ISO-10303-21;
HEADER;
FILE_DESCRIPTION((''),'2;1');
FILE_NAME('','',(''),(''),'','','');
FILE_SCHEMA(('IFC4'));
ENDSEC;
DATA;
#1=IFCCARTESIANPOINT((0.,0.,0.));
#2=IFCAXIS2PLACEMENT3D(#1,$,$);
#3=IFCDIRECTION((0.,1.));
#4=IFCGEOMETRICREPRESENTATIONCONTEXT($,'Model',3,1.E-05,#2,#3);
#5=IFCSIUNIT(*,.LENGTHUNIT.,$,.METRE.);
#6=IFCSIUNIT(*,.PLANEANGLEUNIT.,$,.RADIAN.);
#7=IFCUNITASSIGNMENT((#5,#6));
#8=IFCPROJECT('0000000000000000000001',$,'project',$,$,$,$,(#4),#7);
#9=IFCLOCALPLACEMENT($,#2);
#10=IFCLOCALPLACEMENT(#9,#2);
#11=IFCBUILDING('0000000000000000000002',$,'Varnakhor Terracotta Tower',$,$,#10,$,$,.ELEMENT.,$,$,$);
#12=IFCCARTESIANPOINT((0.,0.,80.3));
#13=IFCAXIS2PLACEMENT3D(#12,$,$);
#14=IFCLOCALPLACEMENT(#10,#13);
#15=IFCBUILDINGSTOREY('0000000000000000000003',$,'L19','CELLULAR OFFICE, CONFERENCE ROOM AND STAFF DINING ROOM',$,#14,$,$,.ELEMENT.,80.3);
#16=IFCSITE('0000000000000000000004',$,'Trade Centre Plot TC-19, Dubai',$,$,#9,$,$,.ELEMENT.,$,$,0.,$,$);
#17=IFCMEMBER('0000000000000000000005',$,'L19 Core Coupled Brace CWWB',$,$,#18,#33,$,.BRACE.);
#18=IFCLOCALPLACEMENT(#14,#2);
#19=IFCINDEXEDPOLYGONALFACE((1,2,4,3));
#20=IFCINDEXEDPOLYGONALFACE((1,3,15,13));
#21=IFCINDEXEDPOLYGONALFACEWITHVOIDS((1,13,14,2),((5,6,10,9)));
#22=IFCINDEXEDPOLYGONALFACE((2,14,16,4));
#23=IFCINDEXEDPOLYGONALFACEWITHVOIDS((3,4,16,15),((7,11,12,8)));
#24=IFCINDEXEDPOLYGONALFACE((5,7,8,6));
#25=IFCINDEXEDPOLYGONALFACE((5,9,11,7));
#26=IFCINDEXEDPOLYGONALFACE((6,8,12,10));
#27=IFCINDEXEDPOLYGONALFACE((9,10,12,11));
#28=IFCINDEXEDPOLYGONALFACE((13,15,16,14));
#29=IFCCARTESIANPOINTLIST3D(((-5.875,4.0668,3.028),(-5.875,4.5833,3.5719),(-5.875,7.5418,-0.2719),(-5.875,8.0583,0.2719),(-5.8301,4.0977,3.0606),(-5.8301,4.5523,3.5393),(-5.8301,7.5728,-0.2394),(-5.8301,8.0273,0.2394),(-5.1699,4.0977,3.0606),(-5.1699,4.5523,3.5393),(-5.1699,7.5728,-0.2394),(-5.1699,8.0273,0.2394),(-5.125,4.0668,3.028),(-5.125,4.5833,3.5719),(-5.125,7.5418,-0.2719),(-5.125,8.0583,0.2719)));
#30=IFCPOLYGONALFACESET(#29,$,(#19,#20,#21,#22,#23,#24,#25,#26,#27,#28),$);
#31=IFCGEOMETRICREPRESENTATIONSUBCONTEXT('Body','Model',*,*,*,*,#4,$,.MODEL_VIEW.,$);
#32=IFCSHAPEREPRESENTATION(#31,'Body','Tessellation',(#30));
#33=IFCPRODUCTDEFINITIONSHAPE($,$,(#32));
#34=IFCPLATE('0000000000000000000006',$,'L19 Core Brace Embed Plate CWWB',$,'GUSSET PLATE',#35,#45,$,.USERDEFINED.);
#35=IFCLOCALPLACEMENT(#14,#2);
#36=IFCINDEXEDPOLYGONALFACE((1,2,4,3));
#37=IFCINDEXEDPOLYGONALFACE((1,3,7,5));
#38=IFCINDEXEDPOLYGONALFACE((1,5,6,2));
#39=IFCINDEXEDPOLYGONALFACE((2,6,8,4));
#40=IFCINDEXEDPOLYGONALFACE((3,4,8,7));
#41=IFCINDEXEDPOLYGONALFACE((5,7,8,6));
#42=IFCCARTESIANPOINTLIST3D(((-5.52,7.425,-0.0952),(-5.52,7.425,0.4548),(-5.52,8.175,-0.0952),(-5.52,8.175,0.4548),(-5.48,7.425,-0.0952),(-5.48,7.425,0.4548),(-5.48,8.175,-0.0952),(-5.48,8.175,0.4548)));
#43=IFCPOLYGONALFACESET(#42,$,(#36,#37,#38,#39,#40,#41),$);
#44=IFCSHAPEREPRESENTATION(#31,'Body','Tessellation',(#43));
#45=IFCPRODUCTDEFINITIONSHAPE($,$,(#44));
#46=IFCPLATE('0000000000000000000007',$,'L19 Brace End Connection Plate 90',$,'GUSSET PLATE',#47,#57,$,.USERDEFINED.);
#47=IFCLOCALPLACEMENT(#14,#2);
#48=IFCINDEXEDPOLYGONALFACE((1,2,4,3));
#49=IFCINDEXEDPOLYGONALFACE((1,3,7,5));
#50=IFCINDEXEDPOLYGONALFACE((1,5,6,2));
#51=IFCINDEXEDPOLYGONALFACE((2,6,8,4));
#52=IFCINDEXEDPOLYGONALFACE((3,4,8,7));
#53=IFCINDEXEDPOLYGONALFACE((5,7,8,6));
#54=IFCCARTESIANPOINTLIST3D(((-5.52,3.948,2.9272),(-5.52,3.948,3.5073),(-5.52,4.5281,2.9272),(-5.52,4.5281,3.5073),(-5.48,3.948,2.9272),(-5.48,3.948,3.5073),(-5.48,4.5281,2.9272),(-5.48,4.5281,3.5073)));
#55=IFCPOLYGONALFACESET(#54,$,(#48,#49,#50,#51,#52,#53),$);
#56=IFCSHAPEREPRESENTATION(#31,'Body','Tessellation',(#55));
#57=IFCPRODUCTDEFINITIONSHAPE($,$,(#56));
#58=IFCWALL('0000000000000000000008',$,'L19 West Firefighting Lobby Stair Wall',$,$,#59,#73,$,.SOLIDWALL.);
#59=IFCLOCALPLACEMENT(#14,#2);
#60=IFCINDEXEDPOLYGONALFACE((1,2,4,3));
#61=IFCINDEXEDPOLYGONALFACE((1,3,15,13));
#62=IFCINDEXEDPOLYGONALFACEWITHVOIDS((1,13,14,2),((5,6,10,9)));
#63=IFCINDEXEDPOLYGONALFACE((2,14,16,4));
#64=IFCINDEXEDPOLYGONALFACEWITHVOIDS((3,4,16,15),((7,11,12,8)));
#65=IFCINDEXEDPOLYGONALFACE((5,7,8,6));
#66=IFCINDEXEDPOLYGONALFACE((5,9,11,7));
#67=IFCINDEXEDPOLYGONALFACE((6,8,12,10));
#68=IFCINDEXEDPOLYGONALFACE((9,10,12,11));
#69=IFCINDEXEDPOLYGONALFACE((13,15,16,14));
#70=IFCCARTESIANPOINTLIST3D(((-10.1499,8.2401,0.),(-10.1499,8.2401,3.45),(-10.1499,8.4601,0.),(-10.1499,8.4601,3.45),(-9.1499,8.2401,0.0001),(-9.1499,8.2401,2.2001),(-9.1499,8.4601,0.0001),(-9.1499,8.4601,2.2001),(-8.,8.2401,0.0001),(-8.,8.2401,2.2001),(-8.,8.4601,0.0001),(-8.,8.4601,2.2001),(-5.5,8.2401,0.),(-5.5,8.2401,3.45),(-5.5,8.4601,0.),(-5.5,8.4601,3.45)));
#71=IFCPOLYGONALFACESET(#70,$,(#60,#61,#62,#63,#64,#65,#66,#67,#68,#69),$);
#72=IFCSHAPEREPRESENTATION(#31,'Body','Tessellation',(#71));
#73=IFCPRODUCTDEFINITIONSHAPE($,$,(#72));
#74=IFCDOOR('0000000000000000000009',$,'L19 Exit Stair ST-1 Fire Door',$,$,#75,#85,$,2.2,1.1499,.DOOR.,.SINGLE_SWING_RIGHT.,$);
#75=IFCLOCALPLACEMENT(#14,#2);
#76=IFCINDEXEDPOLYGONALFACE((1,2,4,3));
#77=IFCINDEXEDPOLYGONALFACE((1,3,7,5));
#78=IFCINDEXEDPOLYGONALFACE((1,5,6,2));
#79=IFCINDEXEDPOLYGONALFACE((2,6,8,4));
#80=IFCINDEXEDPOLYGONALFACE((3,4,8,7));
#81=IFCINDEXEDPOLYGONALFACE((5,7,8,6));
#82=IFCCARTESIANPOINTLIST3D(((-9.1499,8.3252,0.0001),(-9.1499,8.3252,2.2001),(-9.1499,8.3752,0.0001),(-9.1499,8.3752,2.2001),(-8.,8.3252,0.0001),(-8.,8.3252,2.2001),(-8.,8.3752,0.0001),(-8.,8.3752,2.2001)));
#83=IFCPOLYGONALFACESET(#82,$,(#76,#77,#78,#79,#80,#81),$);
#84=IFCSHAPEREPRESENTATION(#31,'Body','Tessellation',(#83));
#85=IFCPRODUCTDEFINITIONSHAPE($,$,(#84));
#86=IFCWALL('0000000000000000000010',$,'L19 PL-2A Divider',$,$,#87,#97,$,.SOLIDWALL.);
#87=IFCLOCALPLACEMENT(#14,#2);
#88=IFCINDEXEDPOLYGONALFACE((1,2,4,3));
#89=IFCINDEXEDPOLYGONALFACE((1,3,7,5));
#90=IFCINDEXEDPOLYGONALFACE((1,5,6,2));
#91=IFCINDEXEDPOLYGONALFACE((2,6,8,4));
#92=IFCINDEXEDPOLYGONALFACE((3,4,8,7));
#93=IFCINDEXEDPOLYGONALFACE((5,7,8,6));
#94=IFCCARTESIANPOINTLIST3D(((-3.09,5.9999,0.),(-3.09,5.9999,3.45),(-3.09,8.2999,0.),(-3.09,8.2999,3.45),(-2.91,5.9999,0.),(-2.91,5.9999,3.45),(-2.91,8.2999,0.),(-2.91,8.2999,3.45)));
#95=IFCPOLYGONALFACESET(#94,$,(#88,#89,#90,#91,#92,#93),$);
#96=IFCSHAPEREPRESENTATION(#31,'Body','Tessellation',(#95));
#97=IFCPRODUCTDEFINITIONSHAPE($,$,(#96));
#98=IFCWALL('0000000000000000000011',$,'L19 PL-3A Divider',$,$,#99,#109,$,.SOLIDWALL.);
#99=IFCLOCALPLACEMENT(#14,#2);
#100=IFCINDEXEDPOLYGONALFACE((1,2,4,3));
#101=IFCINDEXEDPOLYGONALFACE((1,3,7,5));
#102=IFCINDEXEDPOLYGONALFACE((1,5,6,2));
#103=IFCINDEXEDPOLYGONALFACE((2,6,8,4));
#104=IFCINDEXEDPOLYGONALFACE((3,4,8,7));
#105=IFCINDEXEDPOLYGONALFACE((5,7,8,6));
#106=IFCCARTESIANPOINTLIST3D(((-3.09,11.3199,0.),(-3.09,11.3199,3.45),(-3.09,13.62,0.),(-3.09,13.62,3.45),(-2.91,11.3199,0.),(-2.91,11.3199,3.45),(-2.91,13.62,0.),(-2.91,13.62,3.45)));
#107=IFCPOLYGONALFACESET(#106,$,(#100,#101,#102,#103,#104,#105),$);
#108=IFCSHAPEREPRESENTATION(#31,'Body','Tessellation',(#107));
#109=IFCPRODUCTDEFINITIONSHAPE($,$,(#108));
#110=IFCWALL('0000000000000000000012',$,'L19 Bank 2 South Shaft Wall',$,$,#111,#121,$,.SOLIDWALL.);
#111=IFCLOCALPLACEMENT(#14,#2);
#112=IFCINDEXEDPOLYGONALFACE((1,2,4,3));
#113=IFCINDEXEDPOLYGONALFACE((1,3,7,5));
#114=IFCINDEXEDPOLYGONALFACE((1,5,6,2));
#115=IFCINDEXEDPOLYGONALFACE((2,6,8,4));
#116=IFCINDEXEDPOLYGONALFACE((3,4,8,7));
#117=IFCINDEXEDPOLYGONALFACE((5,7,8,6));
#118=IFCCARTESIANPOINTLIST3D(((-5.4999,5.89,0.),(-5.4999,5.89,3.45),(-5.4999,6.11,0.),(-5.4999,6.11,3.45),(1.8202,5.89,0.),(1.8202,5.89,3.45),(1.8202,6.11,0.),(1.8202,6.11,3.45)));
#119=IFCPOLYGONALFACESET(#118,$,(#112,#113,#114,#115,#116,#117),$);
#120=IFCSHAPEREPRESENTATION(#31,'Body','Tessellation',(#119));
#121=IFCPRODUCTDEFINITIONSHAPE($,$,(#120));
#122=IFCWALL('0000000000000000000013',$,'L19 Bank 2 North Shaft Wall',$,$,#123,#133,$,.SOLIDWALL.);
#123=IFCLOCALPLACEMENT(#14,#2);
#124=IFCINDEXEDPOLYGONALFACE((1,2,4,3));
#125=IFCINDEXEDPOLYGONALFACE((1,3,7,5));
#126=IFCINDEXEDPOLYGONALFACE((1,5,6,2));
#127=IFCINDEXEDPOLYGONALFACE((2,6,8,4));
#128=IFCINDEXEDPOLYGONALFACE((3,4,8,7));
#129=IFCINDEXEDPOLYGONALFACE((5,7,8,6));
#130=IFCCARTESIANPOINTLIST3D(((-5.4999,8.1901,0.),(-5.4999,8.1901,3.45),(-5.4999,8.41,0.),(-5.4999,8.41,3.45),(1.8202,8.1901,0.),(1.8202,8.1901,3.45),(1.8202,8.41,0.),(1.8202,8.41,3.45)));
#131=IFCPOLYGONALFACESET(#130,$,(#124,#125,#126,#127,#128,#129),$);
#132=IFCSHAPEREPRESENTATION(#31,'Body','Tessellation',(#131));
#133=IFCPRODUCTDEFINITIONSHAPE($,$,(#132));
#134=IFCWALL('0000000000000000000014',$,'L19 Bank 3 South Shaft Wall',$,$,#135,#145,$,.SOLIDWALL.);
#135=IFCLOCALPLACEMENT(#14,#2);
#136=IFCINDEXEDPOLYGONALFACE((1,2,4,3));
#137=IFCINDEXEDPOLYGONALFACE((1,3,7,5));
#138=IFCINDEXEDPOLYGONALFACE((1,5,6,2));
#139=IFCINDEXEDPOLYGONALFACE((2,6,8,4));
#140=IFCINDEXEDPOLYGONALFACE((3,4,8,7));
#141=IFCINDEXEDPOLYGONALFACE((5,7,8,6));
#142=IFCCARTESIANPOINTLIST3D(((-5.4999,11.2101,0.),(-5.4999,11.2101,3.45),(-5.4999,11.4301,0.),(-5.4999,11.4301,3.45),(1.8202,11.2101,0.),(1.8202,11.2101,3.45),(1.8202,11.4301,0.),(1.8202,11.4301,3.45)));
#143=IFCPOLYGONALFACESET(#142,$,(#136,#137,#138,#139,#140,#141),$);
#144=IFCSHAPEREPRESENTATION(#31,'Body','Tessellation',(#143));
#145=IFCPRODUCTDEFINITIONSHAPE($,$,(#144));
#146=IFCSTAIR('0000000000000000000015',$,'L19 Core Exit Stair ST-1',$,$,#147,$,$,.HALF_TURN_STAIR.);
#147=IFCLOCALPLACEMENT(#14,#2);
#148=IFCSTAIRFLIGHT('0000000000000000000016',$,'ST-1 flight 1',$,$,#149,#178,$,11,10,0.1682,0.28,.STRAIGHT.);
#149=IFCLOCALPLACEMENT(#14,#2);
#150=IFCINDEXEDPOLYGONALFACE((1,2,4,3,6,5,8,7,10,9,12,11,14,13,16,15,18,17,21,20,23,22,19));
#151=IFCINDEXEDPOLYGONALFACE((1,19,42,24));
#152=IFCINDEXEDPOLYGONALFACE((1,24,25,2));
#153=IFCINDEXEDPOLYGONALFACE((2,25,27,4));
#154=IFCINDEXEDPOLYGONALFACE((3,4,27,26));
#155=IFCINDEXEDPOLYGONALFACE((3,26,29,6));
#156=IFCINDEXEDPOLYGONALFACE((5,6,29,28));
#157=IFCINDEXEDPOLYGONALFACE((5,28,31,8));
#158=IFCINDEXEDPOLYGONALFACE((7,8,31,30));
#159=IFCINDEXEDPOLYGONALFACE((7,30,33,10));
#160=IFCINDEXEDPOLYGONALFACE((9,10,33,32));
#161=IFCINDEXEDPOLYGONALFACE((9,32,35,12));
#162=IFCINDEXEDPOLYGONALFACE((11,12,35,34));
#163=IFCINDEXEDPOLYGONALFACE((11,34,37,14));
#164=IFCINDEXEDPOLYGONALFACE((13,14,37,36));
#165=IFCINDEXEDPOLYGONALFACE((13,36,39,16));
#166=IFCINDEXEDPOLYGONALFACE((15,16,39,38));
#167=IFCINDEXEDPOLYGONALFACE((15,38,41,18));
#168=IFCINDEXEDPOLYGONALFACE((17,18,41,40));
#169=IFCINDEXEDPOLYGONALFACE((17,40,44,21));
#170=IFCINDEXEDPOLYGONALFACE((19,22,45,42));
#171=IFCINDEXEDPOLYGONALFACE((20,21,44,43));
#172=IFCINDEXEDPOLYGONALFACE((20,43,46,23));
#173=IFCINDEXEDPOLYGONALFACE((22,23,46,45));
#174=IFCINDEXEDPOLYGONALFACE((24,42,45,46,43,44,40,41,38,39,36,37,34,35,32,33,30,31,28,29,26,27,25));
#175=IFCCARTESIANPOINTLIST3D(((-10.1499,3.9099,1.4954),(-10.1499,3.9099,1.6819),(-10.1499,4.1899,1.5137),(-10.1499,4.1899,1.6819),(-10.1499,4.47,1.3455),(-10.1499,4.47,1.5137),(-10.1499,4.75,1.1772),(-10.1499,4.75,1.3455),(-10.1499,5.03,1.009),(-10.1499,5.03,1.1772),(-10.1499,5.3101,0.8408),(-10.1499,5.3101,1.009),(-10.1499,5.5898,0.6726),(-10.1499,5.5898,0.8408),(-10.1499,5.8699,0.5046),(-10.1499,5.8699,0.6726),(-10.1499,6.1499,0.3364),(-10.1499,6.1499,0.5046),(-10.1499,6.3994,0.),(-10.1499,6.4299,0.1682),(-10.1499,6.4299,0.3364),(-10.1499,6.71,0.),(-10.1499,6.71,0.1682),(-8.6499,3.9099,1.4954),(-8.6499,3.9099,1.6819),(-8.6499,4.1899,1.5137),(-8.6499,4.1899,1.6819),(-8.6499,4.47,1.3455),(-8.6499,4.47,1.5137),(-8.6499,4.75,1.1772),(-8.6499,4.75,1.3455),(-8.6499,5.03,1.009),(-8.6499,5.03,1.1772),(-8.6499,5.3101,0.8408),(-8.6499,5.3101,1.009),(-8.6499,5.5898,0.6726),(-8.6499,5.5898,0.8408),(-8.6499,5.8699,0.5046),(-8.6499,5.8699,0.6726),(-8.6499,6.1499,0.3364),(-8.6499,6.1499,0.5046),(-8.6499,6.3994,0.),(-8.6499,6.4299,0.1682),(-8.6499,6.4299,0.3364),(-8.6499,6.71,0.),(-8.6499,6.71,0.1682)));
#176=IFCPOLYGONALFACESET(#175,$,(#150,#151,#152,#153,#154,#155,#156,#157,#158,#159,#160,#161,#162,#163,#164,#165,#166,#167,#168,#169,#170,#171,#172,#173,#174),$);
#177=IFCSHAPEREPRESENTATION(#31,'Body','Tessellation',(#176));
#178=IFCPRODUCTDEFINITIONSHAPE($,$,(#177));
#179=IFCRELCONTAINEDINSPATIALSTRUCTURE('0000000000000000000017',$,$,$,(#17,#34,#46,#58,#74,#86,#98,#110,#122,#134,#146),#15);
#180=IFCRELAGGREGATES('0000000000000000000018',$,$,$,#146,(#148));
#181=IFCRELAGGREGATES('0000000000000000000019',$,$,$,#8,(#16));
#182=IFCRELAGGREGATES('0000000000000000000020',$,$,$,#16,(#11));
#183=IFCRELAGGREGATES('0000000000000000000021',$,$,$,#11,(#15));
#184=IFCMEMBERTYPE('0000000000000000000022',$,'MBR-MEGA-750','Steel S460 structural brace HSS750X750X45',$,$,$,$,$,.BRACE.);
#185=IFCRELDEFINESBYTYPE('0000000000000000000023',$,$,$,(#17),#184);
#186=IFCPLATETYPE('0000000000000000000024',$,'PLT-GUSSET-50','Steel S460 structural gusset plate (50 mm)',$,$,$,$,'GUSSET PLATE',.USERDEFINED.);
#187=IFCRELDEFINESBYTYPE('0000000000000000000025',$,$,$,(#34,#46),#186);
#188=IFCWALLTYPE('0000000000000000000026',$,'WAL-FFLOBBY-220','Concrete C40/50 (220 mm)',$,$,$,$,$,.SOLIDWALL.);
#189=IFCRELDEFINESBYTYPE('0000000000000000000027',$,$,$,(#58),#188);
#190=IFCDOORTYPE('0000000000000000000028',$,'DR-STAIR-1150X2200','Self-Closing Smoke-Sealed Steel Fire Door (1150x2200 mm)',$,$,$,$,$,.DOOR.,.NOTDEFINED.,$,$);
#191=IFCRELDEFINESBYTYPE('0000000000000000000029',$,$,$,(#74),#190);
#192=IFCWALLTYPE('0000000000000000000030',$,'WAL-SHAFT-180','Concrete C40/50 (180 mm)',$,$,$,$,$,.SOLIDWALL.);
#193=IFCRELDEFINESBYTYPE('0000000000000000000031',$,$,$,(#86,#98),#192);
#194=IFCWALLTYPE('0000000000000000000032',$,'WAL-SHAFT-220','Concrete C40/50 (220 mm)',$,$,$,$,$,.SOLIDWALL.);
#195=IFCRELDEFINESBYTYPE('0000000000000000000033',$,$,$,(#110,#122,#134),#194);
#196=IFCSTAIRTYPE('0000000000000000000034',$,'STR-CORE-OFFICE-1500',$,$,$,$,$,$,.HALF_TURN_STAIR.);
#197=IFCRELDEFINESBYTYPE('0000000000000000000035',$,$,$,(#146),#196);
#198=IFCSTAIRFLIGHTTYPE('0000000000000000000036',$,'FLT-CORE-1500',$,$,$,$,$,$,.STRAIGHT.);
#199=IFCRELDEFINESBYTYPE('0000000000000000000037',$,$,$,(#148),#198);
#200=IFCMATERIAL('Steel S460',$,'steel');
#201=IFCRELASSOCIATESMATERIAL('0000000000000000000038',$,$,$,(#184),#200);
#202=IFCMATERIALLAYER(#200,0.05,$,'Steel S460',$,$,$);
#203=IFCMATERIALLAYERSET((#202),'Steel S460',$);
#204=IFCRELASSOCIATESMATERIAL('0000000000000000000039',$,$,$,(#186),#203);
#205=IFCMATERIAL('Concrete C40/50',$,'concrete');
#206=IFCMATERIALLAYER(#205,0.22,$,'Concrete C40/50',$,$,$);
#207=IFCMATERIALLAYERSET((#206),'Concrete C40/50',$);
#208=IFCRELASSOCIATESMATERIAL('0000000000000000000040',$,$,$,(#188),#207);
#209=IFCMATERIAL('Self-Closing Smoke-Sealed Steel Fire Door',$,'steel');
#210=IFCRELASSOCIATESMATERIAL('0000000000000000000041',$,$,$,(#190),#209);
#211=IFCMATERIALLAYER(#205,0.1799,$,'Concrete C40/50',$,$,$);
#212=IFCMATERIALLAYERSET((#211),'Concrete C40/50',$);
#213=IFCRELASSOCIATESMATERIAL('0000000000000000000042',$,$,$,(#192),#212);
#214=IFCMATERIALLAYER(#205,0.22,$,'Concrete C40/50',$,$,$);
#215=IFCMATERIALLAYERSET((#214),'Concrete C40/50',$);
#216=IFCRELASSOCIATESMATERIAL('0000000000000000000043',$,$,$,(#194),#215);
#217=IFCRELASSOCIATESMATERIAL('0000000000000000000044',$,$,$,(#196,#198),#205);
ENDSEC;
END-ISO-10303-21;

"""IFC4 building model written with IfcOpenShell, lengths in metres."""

from ifc_helpers import new_model, si_unit, direction, frame, frame_2d, origin, origin_2d, place, context, subcontext, project, spatial, polyline, rectangle, hollow_rectangle, outline, extrude, source, transform, mapped, material, layer, layer_set, material_profile, profile_set, type_object, type_shapes, element, fill, aggregate, save


model = new_model("IFC4")

# Units and contexts
model_context = context("Model", 3, precision=1e-05, world=origin(), true_north=direction((0.0, 1.0)))
body_context = subcontext(model_context, "Body", "Model", "MODEL_VIEW")
ifc_project = project(units=[si_unit("LENGTHUNIT", "METRE"), si_unit("PLANEANGLEUNIT", "RADIAN")], contexts=[model_context])

# Site, building, storey
site_placement = place(None, origin())
site = spatial("IfcSite", under=ifc_project, at=site_placement, Name="Trade Centre Plot TC-19, Dubai", CompositionType="ELEMENT", RefElevation=0.0)
building_placement = place(site_placement, origin())
building = spatial("IfcBuilding", under=site, at=building_placement, Name="Varnakhor Terracotta Tower", CompositionType="ELEMENT")
storey_placement = place(building_placement, frame((0.0, 0.0, 80.3)))
storey = spatial("IfcBuildingStorey", under=building, at=storey_placement, Name="L19", Description="CELLULAR OFFICE, CONFERENCE ROOM AND STAFF DINING ROOM", CompositionType="ELEMENT", Elevation=80.3)

# Member
ifc_material_1 = material(Name="Steel S460", Category="steel")
ifc_material_profile = material_profile(ifc_material_1, hollow_rectangle(XDim=0.75, YDim=0.75, WallThickness=0.0449, at=origin_2d()), Name="HSS750X750X45")
ifc_profile_set = profile_set([ifc_material_profile], Name="Steel S460")
member_type = type_object("IfcMemberType", Name="MBR-MEGA-750", Description="Steel S460 structural brace HSS750X750X45", PredefinedType="BRACE", material=ifc_profile_set)
shared_shape_1 = source(origin(), body_context, "Body", "SweptSolid", [
    extrude(hollow_rectangle(XDim=0.75, YDim=0.75, WallThickness=0.0449, at=origin_2d()), origin(), (0.0, 0.0, 1.0), 4.7922),
])
member_placement = place(storey_placement, frame((-5.5, 7.8, 0.0), z_axis=(0.0, -0.725134, 0.688608), x_axis=(1.0, 0.0, 0.0)))
element("IfcMember", 1, at=member_placement, inside=storey, type_object=member_type, Name="L19 Core Coupled Brace CWWB", PredefinedType="BRACE", context=body_context, shape_type="MappedRepresentation", body=[
    mapped(shared_shape_1, transform((0.0, 0.0, 0.0), scale=1.0)),
])

# Plates
ifc_layer_1 = layer(ifc_material_1, 0.05, Name="Steel S460")
ifc_layer_set_1 = layer_set([ifc_layer_1], Name="Steel S460")
plate_type = type_object("IfcPlateType", Name="PLT-GUSSET-50", Description="Steel S460 structural gusset plate (50 mm)", ElementType="GUSSET PLATE", PredefinedType="USERDEFINED", material=ifc_layer_set_1)
shared_shape_2 = source(origin(), body_context, "Body", "SweptSolid", [
    extrude(rectangle(XDim=0.75, YDim=0.04, at=origin_2d()), origin(), (0.0, 0.0, 1.0), 0.55),
])
type_shapes(plate_type, [shared_shape_2])
plate_1_placement = place(storey_placement, frame((-5.5, 7.8, -0.0952), z_axis=(0.0, 0.0, 1.0), x_axis=(0.0, 1.0, 0.0)))
element("IfcPlate", 2, at=plate_1_placement, inside=storey, type_object=plate_type, Name="L19 Core Brace Embed Plate CWWB", ObjectType="GUSSET PLATE", PredefinedType="USERDEFINED", context=body_context, shape_type="MappedRepresentation", body=[
    mapped(shared_shape_2, transform((0.0, 0.0, 0.0), scale=1.0)),
])
shared_shape_3 = source(origin(), body_context, "Body", "SweptSolid", [
    extrude(rectangle(XDim=0.5801, YDim=0.04, at=origin_2d()), origin(), (0.0, 0.0, 1.0), 0.5801),
])
plate_2_placement = place(storey_placement, frame((-5.5, 4.238, 2.9272), z_axis=(0.0, 0.0, 1.0), x_axis=(0.0, 1.0, 0.0)))
element("IfcPlate", 3, at=plate_2_placement, inside=storey, type_object=plate_type, Name="L19 Brace End Connection Plate 90", ObjectType="GUSSET PLATE", PredefinedType="USERDEFINED", context=body_context, shape_type="MappedRepresentation", body=[
    mapped(shared_shape_3, transform((0.0, 0.0, 0.0), scale=1.0)),
])

# Wall, opening, door
ifc_material_2 = material(Name="Concrete C40/50", Category="concrete")
ifc_layer_2 = layer(ifc_material_2, 0.22, Name="Concrete C40/50")
ifc_layer_set_2 = layer_set([ifc_layer_2], Name="Concrete C40/50")
wall_type_1 = type_object("IfcWallType", Name="WAL-FFLOBBY-220", Description="Concrete C40/50 (220 mm)", PredefinedType="SOLIDWALL", material=ifc_layer_set_2)
wall_placement = place(storey_placement, frame((-5.5, 8.3501, 0.0), z_axis=(0.0, 0.0, 1.0), x_axis=(-1.0, 0.0, 0.0)))
wall = element("IfcWall", 4, at=wall_placement, inside=storey, type_object=wall_type_1, Name="L19 West Firefighting Lobby Stair Wall", PredefinedType="SOLIDWALL", context=body_context, shape_type="SweptSolid", body=[
    extrude(rectangle(XDim=4.6499, YDim=0.22, at=frame_2d((2.325, 0.0))), origin(), (0.0, 0.0, 1.0), 3.45),
])
opening_placement = place(wall_placement, frame((2.5, 0.0, 0.0)))
opening = element("IfcOpeningElement", 5, at=opening_placement, cuts=wall, PredefinedType="OPENING", context=body_context, shape_type="SweptSolid", body=[
    extrude(rectangle(XDim=1.1499, YDim=2.2, at=frame_2d((0.575, 1.1001))), frame((0.0, 0.1201, 0.0), z_axis=(0.0, -1.0, 0.0), x_axis=(1.0, 0.0, 0.0)), (0.0, 0.0, 1.0), 0.24),
])
ifc_material_3 = material(Name="Self-Closing Smoke-Sealed Steel Fire Door", Category="steel")
door_type = type_object("IfcDoorType", Name="DR-STAIR-1150X2200", Description="Self-Closing Smoke-Sealed Steel Fire Door (1150x2200 mm)", OperationType="NOTDEFINED", PredefinedType="DOOR", material=ifc_material_3)
shared_shape_4 = source(origin(), body_context, "Body", "SweptSolid", [
    extrude(rectangle(XDim=1.1499, YDim=2.2, at=frame_2d((0.575, 1.1001))), frame((0.0, 0.0249, 0.0), z_axis=(0.0, -1.0, 0.0), x_axis=(1.0, 0.0, 0.0)), (0.0, 0.0, 1.0), 0.05),
])
type_shapes(door_type, [shared_shape_4])
door_placement = place(opening_placement, origin())
door = element("IfcDoor", 6, at=door_placement, inside=storey, type_object=door_type, Name="L19 Exit Stair ST-1 Fire Door", OperationType="SINGLE_SWING_RIGHT", OverallHeight=2.2, OverallWidth=1.1499, PredefinedType="DOOR", context=body_context, shape_type="MappedRepresentation", body=[
    mapped(shared_shape_4, transform((0.0, 0.0, 0.0), scale=1.0)),
])
fill(opening, door)

# Walls
ifc_layer_3 = layer(ifc_material_2, 0.1799, Name="Concrete C40/50")
ifc_layer_set_3 = layer_set([ifc_layer_3], Name="Concrete C40/50")
wall_type_2 = type_object("IfcWallType", Name="WAL-SHAFT-180", Description="Concrete C40/50 (180 mm)", PredefinedType="SOLIDWALL", material=ifc_layer_set_3)
for number, where, z_axis, x_axis, name in (
    (7, (-3.0, 6.0, 0.0), (0.0, 0.0, 1.0), (0.0, 1.0, 0.0), "L19 PL-2A Divider"),
    (8, (-3.0, 11.3201, 0.0), (0.0, 0.0, 1.0), (0.0, 1.0, 0.0), "L19 PL-3A Divider"),
):
    element("IfcWall", number, at=place(storey_placement, frame(where, z_axis=z_axis, x_axis=x_axis)), inside=storey, type_object=wall_type_2, Name=name, PredefinedType="SOLIDWALL", context=body_context, shape_type="SweptSolid", body=[
        extrude(rectangle(XDim=2.3, YDim=0.1799, at=frame_2d((1.1499, 0.0))), origin(), (0.0, 0.0, 1.0), 3.45),
    ])
ifc_layer_4 = layer(ifc_material_2, 0.22, Name="Concrete C40/50")
ifc_layer_set_4 = layer_set([ifc_layer_4], Name="Concrete C40/50")
wall_type_3 = type_object("IfcWallType", Name="WAL-SHAFT-220", Description="Concrete C40/50 (220 mm)", PredefinedType="SOLIDWALL", material=ifc_layer_set_4)
for number, where, z_axis, x_axis, name in (
    (9, (-5.5, 6.0, 0.0), (0.0, 0.0, 1.0), (1.0, 0.0, 0.0), "L19 Bank 2 South Shaft Wall"),
    (10, (-5.5, 8.3, 0.0), (0.0, 0.0, 1.0), (1.0, 0.0, 0.0), "L19 Bank 2 North Shaft Wall"),
    (11, (-5.5, 11.3201, 0.0), (0.0, 0.0, 1.0), (1.0, 0.0, 0.0), "L19 Bank 3 South Shaft Wall"),
):
    element("IfcWall", number, at=place(storey_placement, frame(where, z_axis=z_axis, x_axis=x_axis)), inside=storey, type_object=wall_type_3, Name=name, PredefinedType="SOLIDWALL", context=body_context, shape_type="SweptSolid", body=[
        extrude(rectangle(XDim=7.3201, YDim=0.22, at=frame_2d((3.6602, 0.0))), origin(), (0.0, 0.0, 1.0), 3.45),
    ])

# Stair, stair flight
stair_type = type_object("IfcStairType", Name="STR-CORE-OFFICE-1500", PredefinedType="HALF_TURN_STAIR", material=ifc_material_2)
stair_placement = place(storey_placement, origin())
stair = element("IfcStair", 12, at=stair_placement, inside=storey, type_object=stair_type, Name="L19 Core Exit Stair ST-1", PredefinedType="HALF_TURN_STAIR")
stair_flight_type = type_object("IfcStairFlightType", Name="FLT-CORE-1500", PredefinedType="STRAIGHT", material=ifc_material_2)
stair_flight_1_placement = place(storey_placement, frame((-9.3999, 6.71, 0.0), z_axis=(0.0, 0.0, 1.0), x_axis=(0.0, -1.0, 0.0)))
stair_flight_1 = element("IfcStairFlight", 13, at=stair_flight_1_placement, type_object=stair_flight_type, Name="ST-1 flight 1", NumberOfRisers=11, NumberOfTreads=10, PredefinedType="STRAIGHT", RiserHeight=0.1682, TreadLength=0.28, context=body_context, shape_type="SweptSolid", body=[
    extrude(outline(polyline([(0.0, 0.0), (0.0, 0.1682), (0.28, 0.1682), (0.28, 0.3364), (0.5601, 0.3364), (0.5601, 0.5046), (0.8401, 0.5046), (0.8401, 0.6726), (1.1201, 0.6726), (1.1201, 0.8408), (1.3999, 0.8408), (1.3999, 1.009), (1.6799, 1.009), (1.6799, 1.1772), (1.96, 1.1772), (1.96, 1.3455), (2.24, 1.3455), (2.24, 1.5137), (2.52, 1.5137), (2.52, 1.6819), (2.8, 1.6819), (2.8, 1.8501), (2.8, 1.4954), (0.3105, 0.0), (0.0, 0.0)])), frame((0.0, 0.75, 0.0), z_axis=(0.0, -1.0, 0.0), x_axis=(1.0, 0.0, 0.0)), (0.0, 0.0, 1.0), 1.5),
])
aggregate(stair, [stair_flight_1])

save(model, "model.ifc")
